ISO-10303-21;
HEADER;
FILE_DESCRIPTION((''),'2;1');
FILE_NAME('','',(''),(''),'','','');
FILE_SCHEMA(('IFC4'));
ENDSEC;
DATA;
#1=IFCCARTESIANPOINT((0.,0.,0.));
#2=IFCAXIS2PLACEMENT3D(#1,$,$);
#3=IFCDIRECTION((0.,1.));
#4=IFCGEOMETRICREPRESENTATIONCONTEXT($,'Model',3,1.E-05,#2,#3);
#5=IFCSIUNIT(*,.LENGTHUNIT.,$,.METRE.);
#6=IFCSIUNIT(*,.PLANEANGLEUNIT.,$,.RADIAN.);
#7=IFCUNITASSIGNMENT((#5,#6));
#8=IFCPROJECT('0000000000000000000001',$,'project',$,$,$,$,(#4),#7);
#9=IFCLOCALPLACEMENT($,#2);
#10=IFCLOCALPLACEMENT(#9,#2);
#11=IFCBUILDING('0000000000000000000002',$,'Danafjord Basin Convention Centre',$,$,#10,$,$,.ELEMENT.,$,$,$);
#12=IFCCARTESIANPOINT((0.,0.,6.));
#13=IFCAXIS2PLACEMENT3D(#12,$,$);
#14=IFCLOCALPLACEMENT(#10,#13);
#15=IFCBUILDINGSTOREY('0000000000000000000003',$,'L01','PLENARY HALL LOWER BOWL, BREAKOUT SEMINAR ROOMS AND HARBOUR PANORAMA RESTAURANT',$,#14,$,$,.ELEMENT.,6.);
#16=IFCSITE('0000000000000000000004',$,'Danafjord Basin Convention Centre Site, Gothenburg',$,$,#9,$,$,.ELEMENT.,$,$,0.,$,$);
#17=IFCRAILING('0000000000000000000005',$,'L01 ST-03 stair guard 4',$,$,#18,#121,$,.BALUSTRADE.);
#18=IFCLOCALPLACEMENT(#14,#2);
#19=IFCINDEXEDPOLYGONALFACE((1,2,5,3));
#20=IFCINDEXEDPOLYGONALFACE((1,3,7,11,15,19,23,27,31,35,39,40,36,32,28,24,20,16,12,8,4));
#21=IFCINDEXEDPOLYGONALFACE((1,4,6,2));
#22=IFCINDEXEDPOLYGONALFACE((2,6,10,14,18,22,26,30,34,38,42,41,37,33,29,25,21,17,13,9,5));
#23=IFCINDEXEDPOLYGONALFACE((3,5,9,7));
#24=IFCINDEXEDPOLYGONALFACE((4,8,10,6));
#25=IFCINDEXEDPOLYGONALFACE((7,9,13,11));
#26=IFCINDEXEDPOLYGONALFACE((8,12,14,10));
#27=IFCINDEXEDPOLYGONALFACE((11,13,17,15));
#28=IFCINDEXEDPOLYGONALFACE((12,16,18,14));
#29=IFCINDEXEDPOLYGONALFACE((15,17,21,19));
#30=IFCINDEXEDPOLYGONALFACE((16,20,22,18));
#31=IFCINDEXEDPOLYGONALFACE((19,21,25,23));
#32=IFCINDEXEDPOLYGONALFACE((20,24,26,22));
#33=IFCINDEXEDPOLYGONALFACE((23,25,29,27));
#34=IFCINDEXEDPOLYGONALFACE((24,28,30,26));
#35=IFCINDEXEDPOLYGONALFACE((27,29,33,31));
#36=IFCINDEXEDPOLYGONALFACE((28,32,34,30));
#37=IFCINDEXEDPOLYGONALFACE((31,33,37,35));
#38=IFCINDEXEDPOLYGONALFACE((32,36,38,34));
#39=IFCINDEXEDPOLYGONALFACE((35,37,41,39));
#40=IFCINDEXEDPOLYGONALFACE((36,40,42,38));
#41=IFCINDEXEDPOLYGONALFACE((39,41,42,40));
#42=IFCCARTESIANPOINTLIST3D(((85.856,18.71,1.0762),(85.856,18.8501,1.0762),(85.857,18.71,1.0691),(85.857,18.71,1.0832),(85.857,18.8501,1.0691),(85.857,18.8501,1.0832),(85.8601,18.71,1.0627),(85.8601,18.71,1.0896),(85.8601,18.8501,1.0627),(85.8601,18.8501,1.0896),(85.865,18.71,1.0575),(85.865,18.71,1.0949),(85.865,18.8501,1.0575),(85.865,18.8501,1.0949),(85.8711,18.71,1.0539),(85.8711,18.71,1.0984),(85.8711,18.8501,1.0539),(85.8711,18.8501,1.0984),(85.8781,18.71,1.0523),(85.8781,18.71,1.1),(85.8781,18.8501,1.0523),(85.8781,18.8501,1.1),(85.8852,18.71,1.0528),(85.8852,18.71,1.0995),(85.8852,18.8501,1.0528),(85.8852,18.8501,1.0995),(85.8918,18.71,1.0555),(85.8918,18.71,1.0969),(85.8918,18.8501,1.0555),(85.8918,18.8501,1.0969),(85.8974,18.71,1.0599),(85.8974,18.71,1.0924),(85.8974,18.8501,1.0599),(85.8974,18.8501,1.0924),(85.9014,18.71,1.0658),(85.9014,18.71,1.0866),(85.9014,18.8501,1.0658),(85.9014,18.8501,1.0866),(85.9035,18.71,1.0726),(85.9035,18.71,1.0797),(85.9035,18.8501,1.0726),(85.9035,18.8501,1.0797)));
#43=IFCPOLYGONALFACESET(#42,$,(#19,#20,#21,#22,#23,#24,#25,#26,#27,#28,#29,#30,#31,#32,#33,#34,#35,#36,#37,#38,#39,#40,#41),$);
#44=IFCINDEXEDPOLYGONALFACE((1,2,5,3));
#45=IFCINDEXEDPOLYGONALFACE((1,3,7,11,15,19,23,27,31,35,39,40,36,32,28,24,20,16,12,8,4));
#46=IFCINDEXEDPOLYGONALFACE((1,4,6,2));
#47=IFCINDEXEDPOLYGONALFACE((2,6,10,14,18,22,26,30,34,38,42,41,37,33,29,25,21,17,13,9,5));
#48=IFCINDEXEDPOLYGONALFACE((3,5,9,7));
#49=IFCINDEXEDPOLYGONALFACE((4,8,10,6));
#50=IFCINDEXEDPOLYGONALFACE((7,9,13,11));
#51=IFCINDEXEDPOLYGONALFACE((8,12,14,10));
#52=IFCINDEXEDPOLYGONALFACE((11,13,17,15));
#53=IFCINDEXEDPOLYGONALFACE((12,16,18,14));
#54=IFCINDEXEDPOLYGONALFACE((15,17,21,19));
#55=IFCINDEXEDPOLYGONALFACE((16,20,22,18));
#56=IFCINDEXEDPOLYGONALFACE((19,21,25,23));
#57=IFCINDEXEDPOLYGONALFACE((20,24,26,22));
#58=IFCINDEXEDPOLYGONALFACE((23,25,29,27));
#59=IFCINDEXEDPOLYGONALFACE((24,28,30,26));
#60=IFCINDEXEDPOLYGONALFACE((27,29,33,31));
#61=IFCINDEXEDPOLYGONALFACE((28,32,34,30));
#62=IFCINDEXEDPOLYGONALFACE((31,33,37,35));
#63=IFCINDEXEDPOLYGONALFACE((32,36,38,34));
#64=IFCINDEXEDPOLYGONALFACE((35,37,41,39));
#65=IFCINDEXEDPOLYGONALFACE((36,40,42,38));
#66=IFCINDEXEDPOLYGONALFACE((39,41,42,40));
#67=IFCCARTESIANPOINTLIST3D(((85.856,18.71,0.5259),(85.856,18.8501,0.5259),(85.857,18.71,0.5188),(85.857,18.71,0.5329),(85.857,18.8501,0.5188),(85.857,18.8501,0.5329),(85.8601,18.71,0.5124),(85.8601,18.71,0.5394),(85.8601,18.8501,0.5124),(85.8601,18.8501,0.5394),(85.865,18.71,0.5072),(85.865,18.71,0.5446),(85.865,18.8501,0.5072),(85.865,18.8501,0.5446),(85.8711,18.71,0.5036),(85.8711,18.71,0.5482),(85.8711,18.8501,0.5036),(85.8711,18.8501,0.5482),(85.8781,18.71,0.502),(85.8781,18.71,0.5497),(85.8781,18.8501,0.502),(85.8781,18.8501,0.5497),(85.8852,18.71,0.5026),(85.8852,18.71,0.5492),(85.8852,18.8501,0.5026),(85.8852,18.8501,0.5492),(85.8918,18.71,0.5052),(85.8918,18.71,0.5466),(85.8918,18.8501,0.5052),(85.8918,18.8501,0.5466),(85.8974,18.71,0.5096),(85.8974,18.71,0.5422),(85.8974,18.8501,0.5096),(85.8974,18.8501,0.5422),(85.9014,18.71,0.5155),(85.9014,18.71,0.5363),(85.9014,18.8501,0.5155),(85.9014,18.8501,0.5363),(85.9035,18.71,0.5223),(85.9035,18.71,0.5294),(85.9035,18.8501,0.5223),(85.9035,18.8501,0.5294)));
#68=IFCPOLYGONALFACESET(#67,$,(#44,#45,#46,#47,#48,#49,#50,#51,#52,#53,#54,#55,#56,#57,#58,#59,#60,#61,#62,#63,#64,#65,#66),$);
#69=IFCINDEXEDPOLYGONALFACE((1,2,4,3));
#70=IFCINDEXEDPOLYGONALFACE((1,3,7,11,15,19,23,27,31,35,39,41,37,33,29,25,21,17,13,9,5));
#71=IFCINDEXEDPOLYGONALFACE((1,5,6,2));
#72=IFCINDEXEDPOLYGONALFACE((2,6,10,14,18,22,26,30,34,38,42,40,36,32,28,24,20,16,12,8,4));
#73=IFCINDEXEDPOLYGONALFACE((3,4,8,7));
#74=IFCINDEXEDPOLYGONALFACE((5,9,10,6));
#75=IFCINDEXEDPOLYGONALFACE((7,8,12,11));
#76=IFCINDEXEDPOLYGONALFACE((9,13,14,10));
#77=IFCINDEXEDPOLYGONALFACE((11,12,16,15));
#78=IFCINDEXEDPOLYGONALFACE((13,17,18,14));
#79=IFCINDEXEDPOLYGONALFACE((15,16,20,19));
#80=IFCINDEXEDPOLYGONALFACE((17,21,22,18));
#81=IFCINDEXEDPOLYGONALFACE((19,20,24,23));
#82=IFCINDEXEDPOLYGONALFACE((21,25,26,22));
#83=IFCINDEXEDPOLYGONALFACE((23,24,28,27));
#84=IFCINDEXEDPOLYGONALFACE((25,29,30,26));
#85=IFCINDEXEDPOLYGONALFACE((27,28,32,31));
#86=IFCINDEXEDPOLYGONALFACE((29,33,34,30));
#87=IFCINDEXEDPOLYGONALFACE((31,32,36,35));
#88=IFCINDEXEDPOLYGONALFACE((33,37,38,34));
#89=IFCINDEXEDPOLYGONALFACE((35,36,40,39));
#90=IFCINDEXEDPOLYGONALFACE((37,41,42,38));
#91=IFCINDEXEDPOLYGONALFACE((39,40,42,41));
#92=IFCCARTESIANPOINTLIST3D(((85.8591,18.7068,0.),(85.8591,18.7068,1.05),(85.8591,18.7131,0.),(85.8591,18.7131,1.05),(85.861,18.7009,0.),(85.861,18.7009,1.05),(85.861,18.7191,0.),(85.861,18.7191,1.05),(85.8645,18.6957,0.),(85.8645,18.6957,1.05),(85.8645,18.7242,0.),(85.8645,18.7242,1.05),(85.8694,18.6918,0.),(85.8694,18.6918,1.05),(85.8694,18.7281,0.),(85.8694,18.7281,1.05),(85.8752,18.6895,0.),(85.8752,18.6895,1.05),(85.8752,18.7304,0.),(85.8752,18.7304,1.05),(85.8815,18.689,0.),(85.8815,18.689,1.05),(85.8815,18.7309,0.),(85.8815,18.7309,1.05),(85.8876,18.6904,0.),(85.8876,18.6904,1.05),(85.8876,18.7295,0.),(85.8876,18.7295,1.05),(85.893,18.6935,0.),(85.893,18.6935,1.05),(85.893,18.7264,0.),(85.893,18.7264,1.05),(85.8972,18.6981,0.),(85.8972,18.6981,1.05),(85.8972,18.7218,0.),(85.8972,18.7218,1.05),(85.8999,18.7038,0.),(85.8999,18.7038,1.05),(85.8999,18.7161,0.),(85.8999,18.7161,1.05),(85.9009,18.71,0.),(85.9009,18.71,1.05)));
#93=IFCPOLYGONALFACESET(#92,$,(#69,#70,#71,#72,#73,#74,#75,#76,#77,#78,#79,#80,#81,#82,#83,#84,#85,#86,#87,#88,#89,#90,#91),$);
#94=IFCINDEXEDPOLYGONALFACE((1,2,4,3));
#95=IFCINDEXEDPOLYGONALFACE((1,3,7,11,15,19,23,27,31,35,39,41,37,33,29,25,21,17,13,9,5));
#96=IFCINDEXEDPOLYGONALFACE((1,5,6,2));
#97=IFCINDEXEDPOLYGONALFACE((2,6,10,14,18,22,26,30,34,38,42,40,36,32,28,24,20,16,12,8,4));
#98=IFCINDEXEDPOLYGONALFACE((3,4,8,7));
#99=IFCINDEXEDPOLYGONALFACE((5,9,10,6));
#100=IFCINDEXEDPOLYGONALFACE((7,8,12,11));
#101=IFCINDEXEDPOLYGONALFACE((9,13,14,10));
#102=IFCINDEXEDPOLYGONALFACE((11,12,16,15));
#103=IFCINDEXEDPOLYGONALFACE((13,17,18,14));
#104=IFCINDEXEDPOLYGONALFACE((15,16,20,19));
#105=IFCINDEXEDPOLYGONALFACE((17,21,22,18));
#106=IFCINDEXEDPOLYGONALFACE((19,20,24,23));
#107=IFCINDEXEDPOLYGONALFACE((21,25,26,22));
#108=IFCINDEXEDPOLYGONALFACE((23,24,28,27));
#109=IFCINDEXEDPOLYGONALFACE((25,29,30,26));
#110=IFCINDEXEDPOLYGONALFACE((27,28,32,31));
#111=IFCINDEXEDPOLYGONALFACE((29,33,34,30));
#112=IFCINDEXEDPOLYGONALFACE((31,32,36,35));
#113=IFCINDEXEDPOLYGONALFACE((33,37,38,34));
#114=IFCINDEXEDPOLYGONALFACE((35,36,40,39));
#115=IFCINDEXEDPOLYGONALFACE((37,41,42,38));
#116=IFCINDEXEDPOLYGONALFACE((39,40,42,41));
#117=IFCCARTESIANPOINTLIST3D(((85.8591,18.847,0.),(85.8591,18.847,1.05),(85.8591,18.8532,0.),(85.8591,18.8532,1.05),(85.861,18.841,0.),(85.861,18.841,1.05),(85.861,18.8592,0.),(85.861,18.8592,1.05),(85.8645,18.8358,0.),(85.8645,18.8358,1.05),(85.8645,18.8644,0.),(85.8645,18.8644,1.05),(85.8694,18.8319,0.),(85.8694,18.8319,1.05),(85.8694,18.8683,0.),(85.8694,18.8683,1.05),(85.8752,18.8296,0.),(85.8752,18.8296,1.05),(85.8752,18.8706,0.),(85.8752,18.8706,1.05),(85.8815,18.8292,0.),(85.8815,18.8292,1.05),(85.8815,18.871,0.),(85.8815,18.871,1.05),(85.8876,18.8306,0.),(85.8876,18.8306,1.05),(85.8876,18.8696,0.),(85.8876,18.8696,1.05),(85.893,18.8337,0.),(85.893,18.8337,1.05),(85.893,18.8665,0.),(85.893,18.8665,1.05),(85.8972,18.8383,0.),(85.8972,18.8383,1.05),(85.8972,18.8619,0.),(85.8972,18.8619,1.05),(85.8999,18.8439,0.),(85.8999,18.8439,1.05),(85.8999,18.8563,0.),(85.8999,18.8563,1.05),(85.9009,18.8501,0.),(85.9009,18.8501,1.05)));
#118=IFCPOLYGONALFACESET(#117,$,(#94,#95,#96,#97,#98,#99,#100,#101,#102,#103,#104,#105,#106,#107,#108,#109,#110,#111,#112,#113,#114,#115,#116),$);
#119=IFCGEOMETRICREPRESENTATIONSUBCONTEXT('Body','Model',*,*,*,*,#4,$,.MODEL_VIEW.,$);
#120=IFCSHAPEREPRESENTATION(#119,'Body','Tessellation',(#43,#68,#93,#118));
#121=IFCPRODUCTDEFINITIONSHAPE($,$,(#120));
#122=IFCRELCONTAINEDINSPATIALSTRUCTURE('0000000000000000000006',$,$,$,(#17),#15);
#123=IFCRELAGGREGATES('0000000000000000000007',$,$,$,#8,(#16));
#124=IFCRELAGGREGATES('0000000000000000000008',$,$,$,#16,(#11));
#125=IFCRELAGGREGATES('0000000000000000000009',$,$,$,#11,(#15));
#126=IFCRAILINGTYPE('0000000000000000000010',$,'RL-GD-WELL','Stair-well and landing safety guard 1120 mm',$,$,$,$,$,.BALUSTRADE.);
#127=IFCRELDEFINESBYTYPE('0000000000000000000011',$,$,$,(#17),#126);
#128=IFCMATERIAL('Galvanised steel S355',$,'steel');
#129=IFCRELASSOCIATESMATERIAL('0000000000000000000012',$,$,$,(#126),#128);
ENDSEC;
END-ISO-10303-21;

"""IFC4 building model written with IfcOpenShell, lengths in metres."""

from ifc_helpers import new_model, si_unit, direction, frame, origin, origin_2d, place, context, subcontext, project, spatial, circle, extrude, material, type_object, element, save


model = new_model("IFC4")

# Units and contexts
model_context = context("Model", 3, precision=1e-05, world=origin(), true_north=direction((0.0, 1.0)))
body_context = subcontext(model_context, "Body", "Model", "MODEL_VIEW")
ifc_project = project(units=[si_unit("LENGTHUNIT", "METRE"), si_unit("PLANEANGLEUNIT", "RADIAN")], contexts=[model_context])

# Site, building, storey
site_placement = place(None, origin())
site = spatial("IfcSite", under=ifc_project, at=site_placement, Name="Danafjord Basin Convention Centre Site, Gothenburg", CompositionType="ELEMENT", RefElevation=0.0)
building_placement = place(site_placement, origin())
building = spatial("IfcBuilding", under=site, at=building_placement, Name="Danafjord Basin Convention Centre", CompositionType="ELEMENT")
storey_placement = place(building_placement, frame((0.0, 0.0, 6.0)))
storey = spatial("IfcBuildingStorey", under=building, at=storey_placement, Name="L01", Description="PLENARY HALL LOWER BOWL, BREAKOUT SEMINAR ROOMS AND HARBOUR PANORAMA RESTAURANT", CompositionType="ELEMENT", Elevation=6.0)

# Railing
ifc_material_1 = material(Name="Galvanised steel S355", Category="steel")
railing_type_1 = type_object("IfcRailingType", Name="RL-GD-WELL", Description="Stair-well and landing safety guard 1120 mm", PredefinedType="BALUSTRADE", material=ifc_material_1)
railing_1_placement = place(storey_placement, frame((85.8799, 18.71, 0.0)))
element("IfcRailing", 1, at=railing_1_placement, inside=storey, type_object=railing_type_1, Name="L01 ST-03 stair guard 4", PredefinedType="BALUSTRADE", context=body_context, shape_type="SweptSolid", body=[
    extrude(circle(Radius=0.0239, at=origin_2d()), frame((0.0, 0.0, 1.0762), z_axis=(0.0, 1.0, 0.0), x_axis=(-1.0, 0.0, 0.0)), (0.0, 0.0, 1.0), 0.1401),
    extrude(circle(Radius=0.0239, at=origin_2d()), frame((0.0, 0.0, 0.5259), z_axis=(0.0, 1.0, 0.0), x_axis=(-1.0, 0.0, 0.0)), (0.0, 0.0, 1.0), 0.1401),
    extrude(circle(Radius=0.021, at=origin_2d()), origin(), (0.0, 0.0, 1.0), 1.05),
    extrude(circle(Radius=0.021, at=origin_2d()), frame((0.0, 0.1401, 0.0)), (0.0, 0.0, 1.0), 1.05),
])

save(model, "model.ifc")
